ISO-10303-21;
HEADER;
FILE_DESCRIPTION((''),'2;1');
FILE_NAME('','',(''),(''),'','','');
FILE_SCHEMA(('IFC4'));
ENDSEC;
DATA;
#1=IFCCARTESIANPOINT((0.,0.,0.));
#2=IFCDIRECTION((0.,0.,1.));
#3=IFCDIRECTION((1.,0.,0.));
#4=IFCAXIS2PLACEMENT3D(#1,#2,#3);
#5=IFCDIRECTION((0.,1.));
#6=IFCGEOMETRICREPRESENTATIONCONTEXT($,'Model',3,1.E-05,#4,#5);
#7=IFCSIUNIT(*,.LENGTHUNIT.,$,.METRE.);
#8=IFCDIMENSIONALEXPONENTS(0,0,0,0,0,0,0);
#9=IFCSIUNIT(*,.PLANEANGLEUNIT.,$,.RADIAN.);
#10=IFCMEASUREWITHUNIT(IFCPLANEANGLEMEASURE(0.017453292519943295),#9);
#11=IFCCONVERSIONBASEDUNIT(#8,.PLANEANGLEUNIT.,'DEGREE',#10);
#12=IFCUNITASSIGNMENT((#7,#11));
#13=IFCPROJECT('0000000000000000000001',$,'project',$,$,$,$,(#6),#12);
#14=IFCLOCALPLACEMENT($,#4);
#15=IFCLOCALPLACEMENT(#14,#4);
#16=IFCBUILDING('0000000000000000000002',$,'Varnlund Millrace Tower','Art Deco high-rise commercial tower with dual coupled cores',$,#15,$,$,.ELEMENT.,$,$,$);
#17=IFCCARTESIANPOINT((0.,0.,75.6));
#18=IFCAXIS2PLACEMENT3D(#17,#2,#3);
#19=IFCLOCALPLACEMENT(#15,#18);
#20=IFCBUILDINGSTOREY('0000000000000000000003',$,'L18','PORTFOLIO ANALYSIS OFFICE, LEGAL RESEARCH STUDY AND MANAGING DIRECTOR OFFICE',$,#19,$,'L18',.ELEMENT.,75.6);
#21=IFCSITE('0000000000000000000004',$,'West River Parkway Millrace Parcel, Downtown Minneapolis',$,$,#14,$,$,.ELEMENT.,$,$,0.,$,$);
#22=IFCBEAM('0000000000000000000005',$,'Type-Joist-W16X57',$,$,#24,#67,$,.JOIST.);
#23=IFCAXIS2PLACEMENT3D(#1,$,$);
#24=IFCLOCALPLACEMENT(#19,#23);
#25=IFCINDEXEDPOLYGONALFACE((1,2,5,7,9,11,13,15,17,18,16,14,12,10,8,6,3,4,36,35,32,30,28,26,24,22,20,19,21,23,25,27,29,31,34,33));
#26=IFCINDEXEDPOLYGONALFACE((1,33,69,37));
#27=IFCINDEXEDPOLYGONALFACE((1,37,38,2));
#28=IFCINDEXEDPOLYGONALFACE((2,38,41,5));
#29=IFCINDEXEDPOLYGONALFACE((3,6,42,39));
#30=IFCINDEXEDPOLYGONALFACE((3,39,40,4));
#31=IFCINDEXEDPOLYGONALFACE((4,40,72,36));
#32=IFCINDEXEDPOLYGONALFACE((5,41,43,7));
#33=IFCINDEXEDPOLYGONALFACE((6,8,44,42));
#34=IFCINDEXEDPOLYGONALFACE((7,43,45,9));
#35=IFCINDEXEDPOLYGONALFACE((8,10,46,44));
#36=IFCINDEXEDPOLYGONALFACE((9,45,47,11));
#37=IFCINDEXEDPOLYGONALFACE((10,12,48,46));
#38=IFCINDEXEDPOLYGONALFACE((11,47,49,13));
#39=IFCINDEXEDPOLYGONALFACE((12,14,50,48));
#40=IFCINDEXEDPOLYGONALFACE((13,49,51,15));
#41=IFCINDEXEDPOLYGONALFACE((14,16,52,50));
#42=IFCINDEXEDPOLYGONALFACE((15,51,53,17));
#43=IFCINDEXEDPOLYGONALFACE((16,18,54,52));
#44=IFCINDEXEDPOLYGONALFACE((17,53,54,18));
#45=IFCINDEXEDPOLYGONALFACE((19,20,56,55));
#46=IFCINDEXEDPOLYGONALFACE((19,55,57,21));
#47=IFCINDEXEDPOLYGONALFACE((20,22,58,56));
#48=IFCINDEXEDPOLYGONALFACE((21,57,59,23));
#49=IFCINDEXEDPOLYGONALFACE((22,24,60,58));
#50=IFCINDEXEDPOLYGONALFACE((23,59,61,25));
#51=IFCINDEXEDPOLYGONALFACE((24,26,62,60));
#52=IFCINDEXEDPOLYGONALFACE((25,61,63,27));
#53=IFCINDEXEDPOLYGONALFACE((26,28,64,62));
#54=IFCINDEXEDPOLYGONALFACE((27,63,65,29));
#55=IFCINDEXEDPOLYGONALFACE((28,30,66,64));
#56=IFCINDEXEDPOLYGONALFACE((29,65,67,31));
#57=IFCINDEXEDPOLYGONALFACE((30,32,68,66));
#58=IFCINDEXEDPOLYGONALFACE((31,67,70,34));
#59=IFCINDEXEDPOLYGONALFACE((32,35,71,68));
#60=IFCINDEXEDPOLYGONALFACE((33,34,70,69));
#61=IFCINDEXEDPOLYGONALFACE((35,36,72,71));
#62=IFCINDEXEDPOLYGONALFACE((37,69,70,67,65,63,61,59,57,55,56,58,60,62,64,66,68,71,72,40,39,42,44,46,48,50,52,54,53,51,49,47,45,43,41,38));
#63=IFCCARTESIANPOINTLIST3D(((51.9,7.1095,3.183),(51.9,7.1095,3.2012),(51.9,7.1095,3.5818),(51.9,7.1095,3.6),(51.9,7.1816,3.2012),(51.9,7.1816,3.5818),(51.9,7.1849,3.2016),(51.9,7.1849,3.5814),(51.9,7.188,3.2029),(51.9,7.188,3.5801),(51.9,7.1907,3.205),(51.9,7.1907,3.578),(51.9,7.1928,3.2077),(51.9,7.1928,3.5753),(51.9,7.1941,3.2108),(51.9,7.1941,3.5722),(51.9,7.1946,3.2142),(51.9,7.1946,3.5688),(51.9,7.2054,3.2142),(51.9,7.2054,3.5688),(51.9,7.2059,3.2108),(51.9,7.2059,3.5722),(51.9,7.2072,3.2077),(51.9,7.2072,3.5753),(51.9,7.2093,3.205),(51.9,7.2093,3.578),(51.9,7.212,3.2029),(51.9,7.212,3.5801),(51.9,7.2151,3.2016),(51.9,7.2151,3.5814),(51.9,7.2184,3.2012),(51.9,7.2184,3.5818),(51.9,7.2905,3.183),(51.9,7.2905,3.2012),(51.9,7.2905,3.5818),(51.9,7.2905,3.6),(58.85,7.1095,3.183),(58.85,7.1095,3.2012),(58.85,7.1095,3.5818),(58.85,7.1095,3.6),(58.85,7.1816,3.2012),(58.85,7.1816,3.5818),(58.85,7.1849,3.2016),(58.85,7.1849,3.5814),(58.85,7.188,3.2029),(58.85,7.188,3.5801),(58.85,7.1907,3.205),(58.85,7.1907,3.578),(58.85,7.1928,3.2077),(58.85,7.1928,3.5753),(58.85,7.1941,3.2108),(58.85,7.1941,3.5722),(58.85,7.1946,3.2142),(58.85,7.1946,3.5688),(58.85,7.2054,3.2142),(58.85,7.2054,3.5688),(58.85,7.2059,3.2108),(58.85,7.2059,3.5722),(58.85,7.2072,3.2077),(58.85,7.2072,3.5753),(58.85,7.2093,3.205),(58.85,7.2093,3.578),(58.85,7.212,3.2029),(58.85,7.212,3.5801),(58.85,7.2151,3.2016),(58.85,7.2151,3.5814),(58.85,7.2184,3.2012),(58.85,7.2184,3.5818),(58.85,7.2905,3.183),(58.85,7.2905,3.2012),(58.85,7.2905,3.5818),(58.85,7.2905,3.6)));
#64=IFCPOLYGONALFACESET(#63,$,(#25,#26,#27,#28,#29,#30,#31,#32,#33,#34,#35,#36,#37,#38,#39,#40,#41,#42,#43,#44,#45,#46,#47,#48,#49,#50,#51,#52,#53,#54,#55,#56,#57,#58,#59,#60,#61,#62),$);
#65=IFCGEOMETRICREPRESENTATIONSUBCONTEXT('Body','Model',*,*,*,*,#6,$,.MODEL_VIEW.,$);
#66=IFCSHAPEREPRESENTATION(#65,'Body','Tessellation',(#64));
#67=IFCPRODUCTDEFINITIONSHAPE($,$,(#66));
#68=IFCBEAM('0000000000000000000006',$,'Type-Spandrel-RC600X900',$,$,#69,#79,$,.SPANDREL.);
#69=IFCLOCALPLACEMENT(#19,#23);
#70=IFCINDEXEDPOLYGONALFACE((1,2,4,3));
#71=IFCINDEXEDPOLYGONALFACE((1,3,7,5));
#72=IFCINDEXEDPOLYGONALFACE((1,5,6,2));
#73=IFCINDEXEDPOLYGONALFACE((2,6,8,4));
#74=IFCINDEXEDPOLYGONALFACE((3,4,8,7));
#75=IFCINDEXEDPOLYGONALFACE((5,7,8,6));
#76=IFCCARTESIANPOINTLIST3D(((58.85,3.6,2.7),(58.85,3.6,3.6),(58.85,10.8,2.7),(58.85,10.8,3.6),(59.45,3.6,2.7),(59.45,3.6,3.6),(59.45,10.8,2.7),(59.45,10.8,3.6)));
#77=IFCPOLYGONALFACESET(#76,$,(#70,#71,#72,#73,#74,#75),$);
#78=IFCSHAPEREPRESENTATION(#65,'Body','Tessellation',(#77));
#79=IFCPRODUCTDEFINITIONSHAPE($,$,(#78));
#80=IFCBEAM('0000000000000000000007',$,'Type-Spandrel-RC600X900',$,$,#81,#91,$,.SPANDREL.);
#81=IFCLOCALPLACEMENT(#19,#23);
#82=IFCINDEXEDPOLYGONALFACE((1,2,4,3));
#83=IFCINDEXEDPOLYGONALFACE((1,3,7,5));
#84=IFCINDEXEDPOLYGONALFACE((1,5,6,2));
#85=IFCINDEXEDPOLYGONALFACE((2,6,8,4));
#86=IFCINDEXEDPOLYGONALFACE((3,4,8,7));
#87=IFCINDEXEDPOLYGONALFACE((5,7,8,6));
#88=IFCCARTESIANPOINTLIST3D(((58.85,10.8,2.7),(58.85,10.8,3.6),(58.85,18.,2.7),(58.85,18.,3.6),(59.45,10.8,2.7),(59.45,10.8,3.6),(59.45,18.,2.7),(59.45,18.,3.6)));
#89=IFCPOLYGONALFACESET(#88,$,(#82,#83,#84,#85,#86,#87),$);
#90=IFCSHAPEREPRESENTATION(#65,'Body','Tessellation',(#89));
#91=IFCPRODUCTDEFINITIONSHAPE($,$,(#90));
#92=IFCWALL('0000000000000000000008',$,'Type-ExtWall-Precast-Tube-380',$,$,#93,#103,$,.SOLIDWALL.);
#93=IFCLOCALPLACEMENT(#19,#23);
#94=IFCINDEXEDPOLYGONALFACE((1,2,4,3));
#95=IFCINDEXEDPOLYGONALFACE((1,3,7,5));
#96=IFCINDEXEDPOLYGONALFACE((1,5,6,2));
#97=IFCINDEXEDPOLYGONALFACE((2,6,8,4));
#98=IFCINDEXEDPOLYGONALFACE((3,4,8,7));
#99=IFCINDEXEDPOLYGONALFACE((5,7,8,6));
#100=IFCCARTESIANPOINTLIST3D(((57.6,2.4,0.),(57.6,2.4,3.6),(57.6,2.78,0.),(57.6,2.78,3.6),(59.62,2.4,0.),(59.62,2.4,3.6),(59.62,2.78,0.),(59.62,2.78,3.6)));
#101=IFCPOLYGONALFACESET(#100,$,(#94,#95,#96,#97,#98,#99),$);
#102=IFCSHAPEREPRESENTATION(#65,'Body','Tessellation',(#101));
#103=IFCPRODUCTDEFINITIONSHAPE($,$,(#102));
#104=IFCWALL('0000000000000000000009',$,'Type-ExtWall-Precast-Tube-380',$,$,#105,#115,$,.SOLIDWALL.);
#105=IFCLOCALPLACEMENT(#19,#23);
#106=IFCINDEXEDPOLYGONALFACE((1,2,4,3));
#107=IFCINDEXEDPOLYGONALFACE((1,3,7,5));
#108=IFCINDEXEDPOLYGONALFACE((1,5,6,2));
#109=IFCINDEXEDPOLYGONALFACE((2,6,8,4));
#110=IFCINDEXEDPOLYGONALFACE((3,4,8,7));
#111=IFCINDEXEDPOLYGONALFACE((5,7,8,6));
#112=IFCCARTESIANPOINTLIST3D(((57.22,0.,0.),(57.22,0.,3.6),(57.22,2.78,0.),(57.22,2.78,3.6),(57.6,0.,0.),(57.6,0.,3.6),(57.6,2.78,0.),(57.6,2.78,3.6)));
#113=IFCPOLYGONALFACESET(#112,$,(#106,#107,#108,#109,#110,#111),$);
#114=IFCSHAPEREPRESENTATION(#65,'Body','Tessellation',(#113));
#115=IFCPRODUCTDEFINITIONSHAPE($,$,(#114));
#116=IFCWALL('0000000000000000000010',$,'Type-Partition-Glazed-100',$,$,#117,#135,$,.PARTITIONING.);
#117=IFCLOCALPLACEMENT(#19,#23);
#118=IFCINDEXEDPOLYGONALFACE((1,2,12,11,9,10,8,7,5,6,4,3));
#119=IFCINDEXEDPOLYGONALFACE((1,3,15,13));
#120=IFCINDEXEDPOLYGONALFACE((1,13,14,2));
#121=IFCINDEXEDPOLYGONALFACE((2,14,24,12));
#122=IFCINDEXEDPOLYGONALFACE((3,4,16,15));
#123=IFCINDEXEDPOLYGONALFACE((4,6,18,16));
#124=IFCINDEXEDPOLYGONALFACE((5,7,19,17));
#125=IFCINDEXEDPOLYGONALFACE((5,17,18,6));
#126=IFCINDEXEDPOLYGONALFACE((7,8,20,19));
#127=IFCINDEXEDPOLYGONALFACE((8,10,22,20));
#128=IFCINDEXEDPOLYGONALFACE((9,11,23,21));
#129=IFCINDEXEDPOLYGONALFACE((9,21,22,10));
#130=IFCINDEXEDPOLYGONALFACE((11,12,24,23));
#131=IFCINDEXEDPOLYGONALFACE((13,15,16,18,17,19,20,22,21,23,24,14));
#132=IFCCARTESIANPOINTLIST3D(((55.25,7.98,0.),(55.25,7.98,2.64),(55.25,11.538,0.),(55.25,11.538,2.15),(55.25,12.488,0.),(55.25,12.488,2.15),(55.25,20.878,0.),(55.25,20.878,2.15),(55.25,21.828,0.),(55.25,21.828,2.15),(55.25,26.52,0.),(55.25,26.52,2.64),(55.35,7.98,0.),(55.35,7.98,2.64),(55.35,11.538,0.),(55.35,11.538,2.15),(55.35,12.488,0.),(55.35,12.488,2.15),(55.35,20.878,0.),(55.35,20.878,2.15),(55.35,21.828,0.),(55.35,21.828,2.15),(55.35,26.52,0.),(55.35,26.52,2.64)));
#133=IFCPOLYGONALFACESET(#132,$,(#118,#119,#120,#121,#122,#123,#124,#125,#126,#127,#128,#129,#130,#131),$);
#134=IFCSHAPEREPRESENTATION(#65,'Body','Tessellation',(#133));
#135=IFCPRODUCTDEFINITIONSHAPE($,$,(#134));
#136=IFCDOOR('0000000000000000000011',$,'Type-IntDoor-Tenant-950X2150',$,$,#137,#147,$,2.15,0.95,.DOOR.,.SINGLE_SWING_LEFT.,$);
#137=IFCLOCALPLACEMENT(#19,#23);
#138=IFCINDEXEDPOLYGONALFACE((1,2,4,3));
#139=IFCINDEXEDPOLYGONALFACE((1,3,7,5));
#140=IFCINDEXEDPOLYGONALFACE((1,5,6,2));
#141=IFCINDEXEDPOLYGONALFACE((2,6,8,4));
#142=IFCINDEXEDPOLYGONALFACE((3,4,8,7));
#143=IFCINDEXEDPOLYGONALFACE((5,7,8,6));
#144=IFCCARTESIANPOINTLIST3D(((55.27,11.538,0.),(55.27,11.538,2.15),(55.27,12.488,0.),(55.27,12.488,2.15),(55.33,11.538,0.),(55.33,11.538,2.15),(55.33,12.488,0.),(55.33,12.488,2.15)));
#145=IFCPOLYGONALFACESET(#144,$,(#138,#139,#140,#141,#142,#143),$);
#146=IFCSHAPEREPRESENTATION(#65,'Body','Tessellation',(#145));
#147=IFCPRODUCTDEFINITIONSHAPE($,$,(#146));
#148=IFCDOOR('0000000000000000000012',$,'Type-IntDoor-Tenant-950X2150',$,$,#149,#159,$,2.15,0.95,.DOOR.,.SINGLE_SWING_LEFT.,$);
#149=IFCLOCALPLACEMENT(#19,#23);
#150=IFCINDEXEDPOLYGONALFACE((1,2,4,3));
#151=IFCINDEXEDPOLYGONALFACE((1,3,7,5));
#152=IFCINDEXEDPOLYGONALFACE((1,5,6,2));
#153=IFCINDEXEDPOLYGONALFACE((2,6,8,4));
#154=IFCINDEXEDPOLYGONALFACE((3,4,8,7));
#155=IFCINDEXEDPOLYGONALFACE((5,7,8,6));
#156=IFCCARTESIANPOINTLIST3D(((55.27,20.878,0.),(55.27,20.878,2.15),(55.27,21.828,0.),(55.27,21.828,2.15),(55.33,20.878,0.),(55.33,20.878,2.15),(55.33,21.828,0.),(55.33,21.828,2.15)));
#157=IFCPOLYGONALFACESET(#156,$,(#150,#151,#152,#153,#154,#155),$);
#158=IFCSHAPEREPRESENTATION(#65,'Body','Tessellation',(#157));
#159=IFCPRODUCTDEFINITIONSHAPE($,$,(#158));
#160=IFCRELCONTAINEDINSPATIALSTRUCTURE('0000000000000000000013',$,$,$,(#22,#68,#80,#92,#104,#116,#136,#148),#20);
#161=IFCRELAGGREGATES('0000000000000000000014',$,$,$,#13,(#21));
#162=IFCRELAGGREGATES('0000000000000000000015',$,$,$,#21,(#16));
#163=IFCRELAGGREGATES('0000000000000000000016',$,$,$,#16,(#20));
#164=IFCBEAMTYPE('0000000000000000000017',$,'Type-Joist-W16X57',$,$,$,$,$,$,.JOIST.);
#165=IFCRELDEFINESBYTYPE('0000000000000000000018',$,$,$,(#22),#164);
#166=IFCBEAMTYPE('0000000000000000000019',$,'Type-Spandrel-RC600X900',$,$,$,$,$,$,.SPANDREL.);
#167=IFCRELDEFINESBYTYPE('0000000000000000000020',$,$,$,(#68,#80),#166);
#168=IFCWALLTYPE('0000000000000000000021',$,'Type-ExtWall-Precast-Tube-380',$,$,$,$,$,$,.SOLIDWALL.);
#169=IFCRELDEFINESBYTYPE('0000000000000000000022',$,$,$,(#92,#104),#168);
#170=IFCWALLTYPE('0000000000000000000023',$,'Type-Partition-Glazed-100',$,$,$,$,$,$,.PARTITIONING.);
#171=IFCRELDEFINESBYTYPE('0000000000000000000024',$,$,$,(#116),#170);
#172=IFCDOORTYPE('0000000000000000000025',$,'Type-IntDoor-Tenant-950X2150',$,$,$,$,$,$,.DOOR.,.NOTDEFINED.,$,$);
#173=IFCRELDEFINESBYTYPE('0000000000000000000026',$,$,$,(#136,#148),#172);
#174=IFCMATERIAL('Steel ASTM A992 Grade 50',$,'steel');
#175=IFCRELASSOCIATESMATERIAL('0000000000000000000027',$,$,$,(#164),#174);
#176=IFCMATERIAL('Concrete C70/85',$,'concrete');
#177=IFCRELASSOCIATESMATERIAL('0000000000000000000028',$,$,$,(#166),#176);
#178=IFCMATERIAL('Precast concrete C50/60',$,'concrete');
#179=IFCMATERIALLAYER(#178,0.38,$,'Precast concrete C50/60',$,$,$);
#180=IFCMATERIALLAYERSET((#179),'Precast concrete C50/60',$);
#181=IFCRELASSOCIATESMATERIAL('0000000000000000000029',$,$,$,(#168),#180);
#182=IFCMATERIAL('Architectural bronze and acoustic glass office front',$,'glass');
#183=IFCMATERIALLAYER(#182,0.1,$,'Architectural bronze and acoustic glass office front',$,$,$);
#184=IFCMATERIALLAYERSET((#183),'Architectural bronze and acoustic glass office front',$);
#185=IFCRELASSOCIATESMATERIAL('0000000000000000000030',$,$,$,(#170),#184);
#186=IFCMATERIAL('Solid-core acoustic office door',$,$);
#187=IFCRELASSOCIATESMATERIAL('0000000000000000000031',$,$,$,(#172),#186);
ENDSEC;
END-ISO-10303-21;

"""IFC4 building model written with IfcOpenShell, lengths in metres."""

from ifc_helpers import new_model, entity, si_unit, converted_unit, direction, frame, origin_with_axes, origin_2d_with_axis, place, context, subcontext, project, spatial, polyline, rectangle, i_section, outline, extrude, material, layer, layer_set, material_profile, profile_set, type_object, element, fill, save


model = new_model("IFC4")

# Units and contexts
model_context = context("Model", 3, precision=1e-05, world=origin_with_axes(), true_north=direction((0.0, 1.0)))
body_context = subcontext(model_context, "Body", "Model", "MODEL_VIEW")
ifc_project = project(units=[si_unit("LENGTHUNIT", "METRE"), converted_unit("PLANEANGLEUNIT", "DEGREE", entity("IfcPlaneAngleMeasure", 0.017453292519943295), si_unit("PLANEANGLEUNIT", "RADIAN"), dimensions=[0, 0, 0, 0, 0, 0, 0])], contexts=[model_context])

# Site, building, storey
site_placement = place(None, origin_with_axes())
site = spatial("IfcSite", under=ifc_project, at=site_placement, Name="West River Parkway Millrace Parcel, Downtown Minneapolis", CompositionType="ELEMENT", RefElevation=0.0)
building_placement = place(site_placement, origin_with_axes())
building = spatial("IfcBuilding", under=site, at=building_placement, Name="Varnlund Millrace Tower", Description="Art Deco high-rise commercial tower with dual coupled cores", CompositionType="ELEMENT")
storey_placement = place(building_placement, frame((0.0, 0.0, 75.6), z_axis=(0.0, 0.0, 1.0), x_axis=(1.0, 0.0, 0.0)))
storey = spatial("IfcBuildingStorey", under=building, at=storey_placement, Name="L18", Description="PORTFOLIO ANALYSIS OFFICE, LEGAL RESEARCH STUDY AND MANAGING DIRECTOR OFFICE", LongName="L18", CompositionType="ELEMENT", Elevation=75.6)

# Beams
ifc_material_1 = material(Name="Steel ASTM A992 Grade 50", Category="steel")
ifc_material_profile_1 = material_profile(ifc_material_1, i_section(OverallWidth=0.181, OverallDepth=0.417, WebThickness=0.0109, FlangeThickness=0.0182, FilletRadius=0.013, at=origin_2d_with_axis()), Name="Steel ASTM A992 Grade 50")
ifc_profile_set_1 = profile_set([ifc_material_profile_1], Name="Steel ASTM A992 Grade 50")
beam_type_1 = type_object("IfcBeamType", Name="Type-Joist-W16X57", PredefinedType="JOIST", material=ifc_profile_set_1)
beam_placement = place(storey_placement, frame((51.9, 7.2, 3.3915), z_axis=(1.0, 0.0, 0.0), x_axis=(0.0, 1.0, 0.0)))
element("IfcBeam", 1, at=beam_placement, inside=storey, type_object=beam_type_1, Name="Type-Joist-W16X57", PredefinedType="JOIST", context=body_context, shape_type="SweptSolid", body=[
    extrude(i_section(OverallWidth=0.181, OverallDepth=0.417, WebThickness=0.0109, FlangeThickness=0.0182, FilletRadius=0.013, at=origin_2d_with_axis()), origin_with_axes(), (0.0, 0.0, 1.0), 6.95),
])
ifc_material_2 = material(Name="Concrete C70/85", Category="concrete")
ifc_material_profile_2 = material_profile(ifc_material_2, rectangle(XDim=0.6, YDim=0.9, at=origin_2d_with_axis()), Name="Concrete C70/85")
ifc_profile_set_2 = profile_set([ifc_material_profile_2], Name="Concrete C70/85")
beam_type_2 = type_object("IfcBeamType", Name="Type-Spandrel-RC600X900", PredefinedType="SPANDREL", material=ifc_profile_set_2)
for number, where, z_axis, x_axis, name in (
    (2, (59.15, 3.6, 3.15), (0.0, 1.0, 0.0), (-1.0, 0.0, 0.0), "Type-Spandrel-RC600X900"),
    (3, (59.15, 10.8, 3.15), (0.0, 1.0, 0.0), (-1.0, 0.0, 0.0), "Type-Spandrel-RC600X900"),
):
    element("IfcBeam", number, at=place(storey_placement, frame(where, z_axis=z_axis, x_axis=x_axis)), inside=storey, type_object=beam_type_2, Name=name, PredefinedType="SPANDREL", context=body_context, shape_type="SweptSolid", body=[
        extrude(rectangle(XDim=0.6, YDim=0.9, at=origin_2d_with_axis()), origin_with_axes(), (0.0, 0.0, 1.0), 7.2),
    ])

# Walls
ifc_material_3 = material(Name="Precast concrete C50/60", Category="concrete")
ifc_layer_1 = layer(ifc_material_3, 0.38, Name="Precast concrete C50/60")
ifc_layer_set_1 = layer_set([ifc_layer_1], Name="Precast concrete C50/60")
wall_type_1 = type_object("IfcWallType", Name="Type-ExtWall-Precast-Tube-380", PredefinedType="SOLIDWALL", material=ifc_layer_set_1)
wall_1_placement = place(storey_placement, frame((59.62, 2.59, 0.0), z_axis=(0.0, 0.0, 1.0), x_axis=(-1.0, 0.0, 0.0)))
element("IfcWall", 4, at=wall_1_placement, inside=storey, type_object=wall_type_1, Name="Type-ExtWall-Precast-Tube-380", PredefinedType="SOLIDWALL", context=body_context, shape_type="SweptSolid", body=[
    extrude(outline(polyline([(0.0, -0.19), (2.02, -0.19), (2.02, 0.19), (0.0, 0.19), (0.0, -0.19)])), origin_with_axes(), (0.0, 0.0, 1.0), 3.6),
])
wall_2_placement = place(storey_placement, frame((57.41, 2.78, 0.0), z_axis=(0.0, 0.0, 1.0), x_axis=(0.0, -1.0, 0.0)))
element("IfcWall", 5, at=wall_2_placement, inside=storey, type_object=wall_type_1, Name="Type-ExtWall-Precast-Tube-380", PredefinedType="SOLIDWALL", context=body_context, shape_type="SweptSolid", body=[
    extrude(outline(polyline([(0.0, -0.19), (2.78, -0.19), (2.78, 0.19), (0.0, 0.19), (0.0, -0.19)])), origin_with_axes(), (0.0, 0.0, 1.0), 3.6),
])

# Wall, openings, doors
ifc_material_4 = material(Name="Architectural bronze and acoustic glass office front", Category="glass")
ifc_layer_2 = layer(ifc_material_4, 0.1, Name="Architectural bronze and acoustic glass office front")
ifc_layer_set_2 = layer_set([ifc_layer_2], Name="Architectural bronze and acoustic glass office front")
wall_type_2 = type_object("IfcWallType", Name="Type-Partition-Glazed-100", PredefinedType="PARTITIONING", material=ifc_layer_set_2)
wall_3_placement = place(storey_placement, frame((55.3, 7.98, 0.0), z_axis=(0.0, 0.0, 1.0), x_axis=(0.0, 1.0, 0.0)))
wall_3 = element("IfcWall", 6, at=wall_3_placement, inside=storey, type_object=wall_type_2, Name="Type-Partition-Glazed-100", PredefinedType="PARTITIONING", context=body_context, shape_type="SweptSolid", body=[
    extrude(outline(polyline([(0.0, -0.05), (18.54, -0.05), (18.54, 0.05), (0.0, 0.05), (0.0, -0.05)])), origin_with_axes(), (0.0, 0.0, 1.0), 2.64),
])
opening_1_placement = place(wall_3_placement, frame((4.033, 0.0, 0.0), z_axis=(0.0, 0.0, 1.0), x_axis=(1.0, 0.0, 0.0)))
opening_1 = element("IfcOpeningElement", 7, at=opening_1_placement, cuts=wall_3, PredefinedType="OPENING", context=body_context, shape_type="SweptSolid", body=[
    extrude(rectangle(XDim=0.95, YDim=0.12, at=origin_2d_with_axis()), origin_with_axes(), (0.0, 0.0, 1.0), 2.15),
])
opening_2_placement = place(wall_3_placement, frame((13.373, 0.0, 0.0), z_axis=(0.0, 0.0, 1.0), x_axis=(1.0, 0.0, 0.0)))
opening_2 = element("IfcOpeningElement", 8, at=opening_2_placement, cuts=wall_3, PredefinedType="OPENING", context=body_context, shape_type="SweptSolid", body=[
    extrude(rectangle(XDim=0.95, YDim=0.12, at=origin_2d_with_axis()), origin_with_axes(), (0.0, 0.0, 1.0), 2.15),
])
ifc_material_5 = material(Name="Solid-core acoustic office door")
door_type_1 = type_object("IfcDoorType", Name="Type-IntDoor-Tenant-950X2150", OperationType="NOTDEFINED", PredefinedType="DOOR", material=ifc_material_5)
door_1_placement = place(wall_3_placement, frame((4.033, 0.0, 0.0), z_axis=(0.0, 0.0, 1.0), x_axis=(1.0, 0.0, 0.0)))
door_1 = element("IfcDoor", 9, at=door_1_placement, inside=storey, type_object=door_type_1, Name="Type-IntDoor-Tenant-950X2150", OperationType="SINGLE_SWING_LEFT", OverallHeight=2.15, OverallWidth=0.95, PredefinedType="DOOR", context=body_context, shape_type="SweptSolid", body=[
    extrude(rectangle(XDim=0.95, YDim=0.06, at=origin_2d_with_axis()), origin_with_axes(), (0.0, 0.0, 1.0), 2.15),
])
fill(opening_1, door_1)
door_2_placement = place(wall_3_placement, frame((13.373, 0.0, 0.0), z_axis=(0.0, 0.0, 1.0), x_axis=(1.0, 0.0, 0.0)))
door_2 = element("IfcDoor", 10, at=door_2_placement, inside=storey, type_object=door_type_1, Name="Type-IntDoor-Tenant-950X2150", OperationType="SINGLE_SWING_LEFT", OverallHeight=2.15, OverallWidth=0.95, PredefinedType="DOOR", context=body_context, shape_type="SweptSolid", body=[
    extrude(rectangle(XDim=0.95, YDim=0.06, at=origin_2d_with_axis()), origin_with_axes(), (0.0, 0.0, 1.0), 2.15),
])
fill(opening_2, door_2)

save(model, "model.ifc")
